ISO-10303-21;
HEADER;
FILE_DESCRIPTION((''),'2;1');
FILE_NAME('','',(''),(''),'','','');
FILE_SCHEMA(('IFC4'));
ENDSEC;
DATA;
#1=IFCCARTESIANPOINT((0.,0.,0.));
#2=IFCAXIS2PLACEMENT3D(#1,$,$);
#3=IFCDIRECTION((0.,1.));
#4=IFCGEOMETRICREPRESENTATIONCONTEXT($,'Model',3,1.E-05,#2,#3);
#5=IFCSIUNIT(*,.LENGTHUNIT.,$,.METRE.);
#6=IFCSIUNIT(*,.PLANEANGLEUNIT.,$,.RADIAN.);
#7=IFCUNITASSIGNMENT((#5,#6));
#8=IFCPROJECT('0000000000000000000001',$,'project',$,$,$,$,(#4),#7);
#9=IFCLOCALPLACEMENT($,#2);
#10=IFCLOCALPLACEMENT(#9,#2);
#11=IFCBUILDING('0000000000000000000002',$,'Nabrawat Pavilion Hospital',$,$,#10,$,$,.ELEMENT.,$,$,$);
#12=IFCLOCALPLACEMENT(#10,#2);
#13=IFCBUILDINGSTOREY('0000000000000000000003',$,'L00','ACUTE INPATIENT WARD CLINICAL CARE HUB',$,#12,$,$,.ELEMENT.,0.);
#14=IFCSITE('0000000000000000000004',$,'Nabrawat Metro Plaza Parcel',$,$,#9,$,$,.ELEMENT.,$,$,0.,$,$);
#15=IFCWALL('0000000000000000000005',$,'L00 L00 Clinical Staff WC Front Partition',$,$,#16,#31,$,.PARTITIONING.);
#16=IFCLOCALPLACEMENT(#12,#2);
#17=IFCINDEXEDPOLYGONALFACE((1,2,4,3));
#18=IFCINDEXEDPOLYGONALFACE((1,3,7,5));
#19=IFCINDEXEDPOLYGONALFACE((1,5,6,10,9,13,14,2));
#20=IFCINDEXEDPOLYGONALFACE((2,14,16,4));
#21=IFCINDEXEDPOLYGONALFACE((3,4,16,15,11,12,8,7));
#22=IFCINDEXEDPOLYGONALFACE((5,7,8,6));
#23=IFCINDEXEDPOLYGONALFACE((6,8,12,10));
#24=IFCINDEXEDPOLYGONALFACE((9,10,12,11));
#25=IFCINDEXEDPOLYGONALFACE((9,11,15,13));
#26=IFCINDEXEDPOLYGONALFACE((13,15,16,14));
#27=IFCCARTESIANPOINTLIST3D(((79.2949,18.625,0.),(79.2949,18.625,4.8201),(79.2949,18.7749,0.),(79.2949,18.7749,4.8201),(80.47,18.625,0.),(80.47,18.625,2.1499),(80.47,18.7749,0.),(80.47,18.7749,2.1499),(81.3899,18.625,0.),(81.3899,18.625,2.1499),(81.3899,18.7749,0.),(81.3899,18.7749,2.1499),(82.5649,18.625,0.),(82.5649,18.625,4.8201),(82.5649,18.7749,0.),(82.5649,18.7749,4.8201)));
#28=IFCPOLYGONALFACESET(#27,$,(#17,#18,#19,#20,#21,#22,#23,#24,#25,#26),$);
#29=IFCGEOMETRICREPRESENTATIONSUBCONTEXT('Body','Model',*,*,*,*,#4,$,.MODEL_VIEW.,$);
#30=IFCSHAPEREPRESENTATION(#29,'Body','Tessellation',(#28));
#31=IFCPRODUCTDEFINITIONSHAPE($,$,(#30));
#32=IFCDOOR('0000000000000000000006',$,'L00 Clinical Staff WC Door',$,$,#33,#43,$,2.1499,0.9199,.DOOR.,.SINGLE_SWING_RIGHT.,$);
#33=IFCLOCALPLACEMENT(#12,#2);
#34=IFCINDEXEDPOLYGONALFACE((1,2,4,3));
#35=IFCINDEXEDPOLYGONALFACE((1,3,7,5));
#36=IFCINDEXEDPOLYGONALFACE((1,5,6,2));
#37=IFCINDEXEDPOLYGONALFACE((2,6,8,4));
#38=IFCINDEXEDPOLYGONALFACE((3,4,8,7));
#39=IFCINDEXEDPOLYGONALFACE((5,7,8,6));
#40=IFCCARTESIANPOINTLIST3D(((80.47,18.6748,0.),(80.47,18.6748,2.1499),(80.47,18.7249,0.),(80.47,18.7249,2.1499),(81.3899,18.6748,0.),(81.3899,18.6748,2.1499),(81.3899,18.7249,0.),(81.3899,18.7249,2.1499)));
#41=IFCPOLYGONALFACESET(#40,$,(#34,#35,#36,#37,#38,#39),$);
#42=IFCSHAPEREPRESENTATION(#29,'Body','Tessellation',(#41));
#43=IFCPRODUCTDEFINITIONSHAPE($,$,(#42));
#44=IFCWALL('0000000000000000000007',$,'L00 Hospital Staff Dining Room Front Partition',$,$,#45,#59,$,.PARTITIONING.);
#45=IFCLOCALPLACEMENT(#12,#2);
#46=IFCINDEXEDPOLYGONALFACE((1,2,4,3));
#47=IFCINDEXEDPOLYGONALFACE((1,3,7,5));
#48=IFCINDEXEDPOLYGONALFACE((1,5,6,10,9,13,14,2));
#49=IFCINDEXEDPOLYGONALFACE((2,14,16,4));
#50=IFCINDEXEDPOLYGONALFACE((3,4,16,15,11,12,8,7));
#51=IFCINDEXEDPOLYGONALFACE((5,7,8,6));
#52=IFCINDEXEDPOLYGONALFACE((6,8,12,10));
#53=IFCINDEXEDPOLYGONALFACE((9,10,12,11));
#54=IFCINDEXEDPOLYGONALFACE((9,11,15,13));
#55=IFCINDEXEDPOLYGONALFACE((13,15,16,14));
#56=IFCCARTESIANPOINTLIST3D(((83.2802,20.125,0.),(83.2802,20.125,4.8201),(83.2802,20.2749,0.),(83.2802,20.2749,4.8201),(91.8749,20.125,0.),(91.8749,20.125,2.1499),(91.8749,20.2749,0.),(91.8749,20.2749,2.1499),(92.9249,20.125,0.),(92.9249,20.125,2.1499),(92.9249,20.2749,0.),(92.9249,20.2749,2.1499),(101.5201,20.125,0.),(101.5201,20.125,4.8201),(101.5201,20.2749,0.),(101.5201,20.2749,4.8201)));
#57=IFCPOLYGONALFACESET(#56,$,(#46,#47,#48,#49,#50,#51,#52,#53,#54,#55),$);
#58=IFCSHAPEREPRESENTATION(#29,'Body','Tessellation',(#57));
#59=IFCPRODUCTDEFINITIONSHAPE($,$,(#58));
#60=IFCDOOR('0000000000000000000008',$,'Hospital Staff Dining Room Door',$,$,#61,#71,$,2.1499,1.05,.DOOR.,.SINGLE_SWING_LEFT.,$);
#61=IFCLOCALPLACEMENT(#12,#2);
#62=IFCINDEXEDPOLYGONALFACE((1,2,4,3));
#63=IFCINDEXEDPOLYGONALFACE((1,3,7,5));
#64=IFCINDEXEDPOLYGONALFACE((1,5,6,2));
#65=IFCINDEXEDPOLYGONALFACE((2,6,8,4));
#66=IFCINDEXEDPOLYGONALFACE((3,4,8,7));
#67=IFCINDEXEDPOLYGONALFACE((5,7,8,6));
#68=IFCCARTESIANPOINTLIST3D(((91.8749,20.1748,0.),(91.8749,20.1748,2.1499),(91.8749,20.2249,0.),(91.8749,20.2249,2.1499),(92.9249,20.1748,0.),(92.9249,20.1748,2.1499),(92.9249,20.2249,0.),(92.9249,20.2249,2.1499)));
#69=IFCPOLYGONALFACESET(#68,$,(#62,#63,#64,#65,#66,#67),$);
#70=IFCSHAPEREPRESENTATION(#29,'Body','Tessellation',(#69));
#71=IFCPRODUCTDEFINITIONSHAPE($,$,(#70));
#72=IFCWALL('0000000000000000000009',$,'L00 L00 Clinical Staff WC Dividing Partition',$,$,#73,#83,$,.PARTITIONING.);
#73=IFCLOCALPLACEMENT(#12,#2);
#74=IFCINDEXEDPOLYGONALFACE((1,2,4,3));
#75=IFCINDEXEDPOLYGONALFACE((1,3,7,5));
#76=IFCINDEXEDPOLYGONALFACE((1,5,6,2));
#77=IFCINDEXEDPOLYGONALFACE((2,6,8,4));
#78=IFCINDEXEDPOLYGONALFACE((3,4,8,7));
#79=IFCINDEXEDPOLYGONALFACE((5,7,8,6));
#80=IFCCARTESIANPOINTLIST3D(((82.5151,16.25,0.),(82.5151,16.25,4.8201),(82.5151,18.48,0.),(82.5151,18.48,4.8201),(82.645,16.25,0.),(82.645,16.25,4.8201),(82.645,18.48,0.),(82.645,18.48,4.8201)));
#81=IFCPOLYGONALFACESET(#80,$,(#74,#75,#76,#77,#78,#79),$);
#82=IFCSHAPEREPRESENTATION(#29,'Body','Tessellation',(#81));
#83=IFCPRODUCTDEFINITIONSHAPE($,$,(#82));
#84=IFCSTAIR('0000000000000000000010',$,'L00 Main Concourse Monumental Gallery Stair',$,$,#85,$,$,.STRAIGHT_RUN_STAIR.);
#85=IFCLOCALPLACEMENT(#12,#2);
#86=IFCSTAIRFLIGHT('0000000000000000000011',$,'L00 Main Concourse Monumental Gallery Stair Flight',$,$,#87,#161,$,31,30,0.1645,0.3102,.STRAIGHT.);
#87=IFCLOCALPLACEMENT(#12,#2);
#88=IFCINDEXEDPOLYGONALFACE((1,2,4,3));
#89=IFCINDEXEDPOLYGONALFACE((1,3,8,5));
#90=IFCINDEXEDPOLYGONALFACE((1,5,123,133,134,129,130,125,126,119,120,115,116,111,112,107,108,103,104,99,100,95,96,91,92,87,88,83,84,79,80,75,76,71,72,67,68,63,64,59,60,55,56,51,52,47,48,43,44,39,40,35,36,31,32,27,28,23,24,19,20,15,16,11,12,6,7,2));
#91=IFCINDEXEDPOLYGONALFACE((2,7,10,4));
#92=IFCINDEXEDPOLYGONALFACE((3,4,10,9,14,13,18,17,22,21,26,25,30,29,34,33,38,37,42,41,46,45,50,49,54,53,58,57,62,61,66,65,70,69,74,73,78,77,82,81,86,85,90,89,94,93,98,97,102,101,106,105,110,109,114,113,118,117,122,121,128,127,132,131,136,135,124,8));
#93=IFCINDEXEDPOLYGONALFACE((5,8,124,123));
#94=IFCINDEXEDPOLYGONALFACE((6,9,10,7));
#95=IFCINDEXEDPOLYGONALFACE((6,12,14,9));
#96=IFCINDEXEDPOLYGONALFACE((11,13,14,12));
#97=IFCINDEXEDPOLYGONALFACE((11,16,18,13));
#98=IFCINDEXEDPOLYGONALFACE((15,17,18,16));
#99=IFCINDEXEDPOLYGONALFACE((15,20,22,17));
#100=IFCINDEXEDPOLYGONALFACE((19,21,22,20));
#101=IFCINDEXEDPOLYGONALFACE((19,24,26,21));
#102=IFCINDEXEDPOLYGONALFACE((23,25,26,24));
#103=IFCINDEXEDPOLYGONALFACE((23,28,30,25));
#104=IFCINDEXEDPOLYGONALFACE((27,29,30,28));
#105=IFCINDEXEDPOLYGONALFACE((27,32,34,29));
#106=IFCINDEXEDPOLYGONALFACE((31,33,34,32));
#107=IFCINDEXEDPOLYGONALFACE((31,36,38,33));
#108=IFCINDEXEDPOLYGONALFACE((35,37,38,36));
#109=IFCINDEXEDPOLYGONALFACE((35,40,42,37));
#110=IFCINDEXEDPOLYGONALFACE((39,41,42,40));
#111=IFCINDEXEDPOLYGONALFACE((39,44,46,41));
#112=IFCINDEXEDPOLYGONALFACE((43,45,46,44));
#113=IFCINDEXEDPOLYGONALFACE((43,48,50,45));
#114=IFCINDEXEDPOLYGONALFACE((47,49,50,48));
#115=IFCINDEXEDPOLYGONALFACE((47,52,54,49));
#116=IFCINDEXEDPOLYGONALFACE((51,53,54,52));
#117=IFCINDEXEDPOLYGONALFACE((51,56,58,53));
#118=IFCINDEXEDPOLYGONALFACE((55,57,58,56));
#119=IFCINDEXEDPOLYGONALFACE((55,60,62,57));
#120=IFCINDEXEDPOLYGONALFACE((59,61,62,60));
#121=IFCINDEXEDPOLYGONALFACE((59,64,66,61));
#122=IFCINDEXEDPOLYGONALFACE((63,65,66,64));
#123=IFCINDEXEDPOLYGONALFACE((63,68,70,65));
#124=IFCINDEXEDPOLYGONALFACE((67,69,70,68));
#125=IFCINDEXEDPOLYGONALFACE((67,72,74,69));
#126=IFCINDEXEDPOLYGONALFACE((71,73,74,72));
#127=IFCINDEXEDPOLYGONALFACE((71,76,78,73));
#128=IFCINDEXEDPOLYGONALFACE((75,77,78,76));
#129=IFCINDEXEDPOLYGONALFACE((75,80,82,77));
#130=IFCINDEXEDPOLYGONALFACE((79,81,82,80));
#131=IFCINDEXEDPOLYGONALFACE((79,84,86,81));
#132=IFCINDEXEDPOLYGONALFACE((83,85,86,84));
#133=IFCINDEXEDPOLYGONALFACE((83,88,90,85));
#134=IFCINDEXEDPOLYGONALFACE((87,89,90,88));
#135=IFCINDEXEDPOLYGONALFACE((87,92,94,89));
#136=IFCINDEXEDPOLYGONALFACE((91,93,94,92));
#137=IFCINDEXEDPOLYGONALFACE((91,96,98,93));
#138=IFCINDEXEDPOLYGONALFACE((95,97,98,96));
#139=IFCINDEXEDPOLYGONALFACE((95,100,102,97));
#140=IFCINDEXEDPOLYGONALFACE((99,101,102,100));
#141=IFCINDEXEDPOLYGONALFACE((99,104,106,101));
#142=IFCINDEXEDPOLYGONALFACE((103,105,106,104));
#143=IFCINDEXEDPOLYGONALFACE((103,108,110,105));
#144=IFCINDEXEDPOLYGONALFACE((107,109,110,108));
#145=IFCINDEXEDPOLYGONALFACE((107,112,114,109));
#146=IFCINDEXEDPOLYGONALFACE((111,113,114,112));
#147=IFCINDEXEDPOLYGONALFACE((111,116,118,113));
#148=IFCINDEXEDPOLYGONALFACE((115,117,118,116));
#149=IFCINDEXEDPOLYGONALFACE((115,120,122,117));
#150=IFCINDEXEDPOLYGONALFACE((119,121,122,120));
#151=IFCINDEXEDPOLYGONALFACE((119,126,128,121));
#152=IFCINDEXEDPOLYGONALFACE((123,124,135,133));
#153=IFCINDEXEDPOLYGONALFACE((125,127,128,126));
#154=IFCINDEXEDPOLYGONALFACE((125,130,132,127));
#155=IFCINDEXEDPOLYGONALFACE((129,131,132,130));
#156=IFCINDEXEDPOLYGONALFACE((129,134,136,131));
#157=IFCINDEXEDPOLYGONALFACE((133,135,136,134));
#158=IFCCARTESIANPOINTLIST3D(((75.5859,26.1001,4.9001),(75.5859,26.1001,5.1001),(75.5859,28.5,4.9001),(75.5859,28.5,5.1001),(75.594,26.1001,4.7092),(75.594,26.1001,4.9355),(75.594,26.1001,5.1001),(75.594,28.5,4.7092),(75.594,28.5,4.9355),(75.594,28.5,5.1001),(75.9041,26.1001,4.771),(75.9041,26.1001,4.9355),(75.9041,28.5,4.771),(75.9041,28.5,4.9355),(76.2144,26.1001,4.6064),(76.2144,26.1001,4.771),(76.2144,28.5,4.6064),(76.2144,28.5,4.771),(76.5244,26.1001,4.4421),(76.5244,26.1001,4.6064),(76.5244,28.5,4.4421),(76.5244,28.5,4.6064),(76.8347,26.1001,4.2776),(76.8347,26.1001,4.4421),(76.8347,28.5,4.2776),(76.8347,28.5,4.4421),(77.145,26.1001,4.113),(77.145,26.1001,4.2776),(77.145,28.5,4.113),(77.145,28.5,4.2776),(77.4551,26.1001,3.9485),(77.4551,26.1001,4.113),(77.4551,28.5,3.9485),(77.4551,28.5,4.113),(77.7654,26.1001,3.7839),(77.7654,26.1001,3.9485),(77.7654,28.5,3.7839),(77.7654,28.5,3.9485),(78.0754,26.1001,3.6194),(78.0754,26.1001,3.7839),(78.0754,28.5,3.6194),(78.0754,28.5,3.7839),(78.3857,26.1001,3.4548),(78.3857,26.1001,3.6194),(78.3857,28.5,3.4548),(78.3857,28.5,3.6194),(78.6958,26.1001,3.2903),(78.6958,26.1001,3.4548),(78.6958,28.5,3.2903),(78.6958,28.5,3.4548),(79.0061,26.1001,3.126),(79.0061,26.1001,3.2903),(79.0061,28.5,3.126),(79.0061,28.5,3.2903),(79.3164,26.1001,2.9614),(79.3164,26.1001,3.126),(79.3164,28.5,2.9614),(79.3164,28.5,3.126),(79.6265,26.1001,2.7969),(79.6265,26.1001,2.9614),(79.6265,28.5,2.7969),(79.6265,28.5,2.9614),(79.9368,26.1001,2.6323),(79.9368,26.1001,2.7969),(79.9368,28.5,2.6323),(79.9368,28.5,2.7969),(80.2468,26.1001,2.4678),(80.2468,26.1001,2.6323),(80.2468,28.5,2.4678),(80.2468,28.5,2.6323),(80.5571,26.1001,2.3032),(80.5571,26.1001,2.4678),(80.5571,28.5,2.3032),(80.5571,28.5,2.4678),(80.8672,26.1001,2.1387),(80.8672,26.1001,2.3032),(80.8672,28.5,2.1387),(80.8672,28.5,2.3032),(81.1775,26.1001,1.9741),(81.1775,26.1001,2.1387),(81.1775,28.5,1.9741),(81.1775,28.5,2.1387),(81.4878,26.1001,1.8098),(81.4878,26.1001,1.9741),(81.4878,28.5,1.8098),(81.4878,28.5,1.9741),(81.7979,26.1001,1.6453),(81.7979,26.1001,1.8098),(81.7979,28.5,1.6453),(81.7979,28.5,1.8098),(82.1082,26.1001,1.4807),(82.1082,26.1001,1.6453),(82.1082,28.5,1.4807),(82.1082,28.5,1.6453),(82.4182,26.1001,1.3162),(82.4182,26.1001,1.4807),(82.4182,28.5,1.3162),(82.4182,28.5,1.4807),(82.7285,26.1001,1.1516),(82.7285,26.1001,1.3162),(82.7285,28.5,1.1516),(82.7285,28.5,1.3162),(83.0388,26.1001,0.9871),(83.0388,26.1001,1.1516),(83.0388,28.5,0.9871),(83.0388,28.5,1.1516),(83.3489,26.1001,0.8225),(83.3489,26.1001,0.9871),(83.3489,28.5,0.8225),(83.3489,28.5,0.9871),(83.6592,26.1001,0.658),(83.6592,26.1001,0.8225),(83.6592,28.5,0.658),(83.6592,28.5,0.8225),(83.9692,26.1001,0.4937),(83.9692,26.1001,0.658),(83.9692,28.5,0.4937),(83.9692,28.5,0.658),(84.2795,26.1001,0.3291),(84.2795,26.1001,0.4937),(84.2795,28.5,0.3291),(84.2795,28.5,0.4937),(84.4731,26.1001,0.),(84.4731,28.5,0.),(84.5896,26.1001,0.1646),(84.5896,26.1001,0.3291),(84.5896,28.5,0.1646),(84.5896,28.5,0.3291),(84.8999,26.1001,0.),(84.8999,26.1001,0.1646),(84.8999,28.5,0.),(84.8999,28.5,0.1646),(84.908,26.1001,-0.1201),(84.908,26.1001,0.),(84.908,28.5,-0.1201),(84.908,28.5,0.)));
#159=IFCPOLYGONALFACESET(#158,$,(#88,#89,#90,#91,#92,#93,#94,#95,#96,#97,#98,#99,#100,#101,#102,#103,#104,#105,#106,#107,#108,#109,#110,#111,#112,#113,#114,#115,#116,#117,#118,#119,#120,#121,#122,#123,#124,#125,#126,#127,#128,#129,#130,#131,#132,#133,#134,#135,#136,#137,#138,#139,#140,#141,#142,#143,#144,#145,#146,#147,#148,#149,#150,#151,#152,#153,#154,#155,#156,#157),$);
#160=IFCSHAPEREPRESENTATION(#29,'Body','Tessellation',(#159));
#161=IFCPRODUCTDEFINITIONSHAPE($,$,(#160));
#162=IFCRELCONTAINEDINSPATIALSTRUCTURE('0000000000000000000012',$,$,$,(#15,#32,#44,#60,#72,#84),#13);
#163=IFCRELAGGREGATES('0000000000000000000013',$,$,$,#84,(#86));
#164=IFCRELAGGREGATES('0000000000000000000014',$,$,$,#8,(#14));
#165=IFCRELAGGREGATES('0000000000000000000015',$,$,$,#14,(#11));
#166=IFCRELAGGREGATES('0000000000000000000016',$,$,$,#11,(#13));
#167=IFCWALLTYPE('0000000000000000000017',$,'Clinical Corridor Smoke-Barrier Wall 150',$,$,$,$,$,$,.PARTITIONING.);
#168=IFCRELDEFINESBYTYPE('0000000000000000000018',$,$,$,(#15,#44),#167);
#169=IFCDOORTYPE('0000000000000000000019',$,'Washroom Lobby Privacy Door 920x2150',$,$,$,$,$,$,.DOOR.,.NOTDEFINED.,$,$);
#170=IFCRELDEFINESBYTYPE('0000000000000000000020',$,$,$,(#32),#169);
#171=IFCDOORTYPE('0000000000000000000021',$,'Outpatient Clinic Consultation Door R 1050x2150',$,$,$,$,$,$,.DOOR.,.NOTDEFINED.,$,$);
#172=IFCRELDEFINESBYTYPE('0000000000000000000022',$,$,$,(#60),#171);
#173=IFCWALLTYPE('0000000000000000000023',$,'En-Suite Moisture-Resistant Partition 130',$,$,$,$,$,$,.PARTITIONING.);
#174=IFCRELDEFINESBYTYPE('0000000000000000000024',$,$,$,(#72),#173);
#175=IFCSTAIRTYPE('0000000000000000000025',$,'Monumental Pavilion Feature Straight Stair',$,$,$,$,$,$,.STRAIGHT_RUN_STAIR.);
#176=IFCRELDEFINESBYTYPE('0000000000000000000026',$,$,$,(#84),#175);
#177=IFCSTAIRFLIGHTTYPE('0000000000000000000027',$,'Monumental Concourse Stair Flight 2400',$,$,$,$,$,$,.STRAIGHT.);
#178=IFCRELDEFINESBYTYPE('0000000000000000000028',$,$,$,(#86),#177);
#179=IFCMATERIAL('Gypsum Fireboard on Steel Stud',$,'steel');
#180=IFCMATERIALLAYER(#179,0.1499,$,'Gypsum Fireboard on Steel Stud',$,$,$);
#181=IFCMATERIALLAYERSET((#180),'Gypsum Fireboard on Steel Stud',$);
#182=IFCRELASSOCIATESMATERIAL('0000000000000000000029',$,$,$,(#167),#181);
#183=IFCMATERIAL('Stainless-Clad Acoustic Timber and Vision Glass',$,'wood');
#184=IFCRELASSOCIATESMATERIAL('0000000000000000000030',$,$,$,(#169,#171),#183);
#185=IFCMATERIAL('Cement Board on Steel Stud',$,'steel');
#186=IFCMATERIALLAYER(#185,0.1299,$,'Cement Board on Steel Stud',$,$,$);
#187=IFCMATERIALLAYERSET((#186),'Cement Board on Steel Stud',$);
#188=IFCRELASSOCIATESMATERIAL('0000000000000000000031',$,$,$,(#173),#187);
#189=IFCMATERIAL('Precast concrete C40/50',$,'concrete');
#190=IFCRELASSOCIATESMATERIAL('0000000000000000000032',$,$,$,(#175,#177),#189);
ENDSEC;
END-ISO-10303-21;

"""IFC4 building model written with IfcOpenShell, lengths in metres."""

from ifc_helpers import new_model, si_unit, direction, frame, frame_2d, origin, place, context, subcontext, project, spatial, polyline, rectangle, outline, extrude, material, layer, layer_set, type_object, element, fill, aggregate, save


model = new_model("IFC4")

# Units and contexts
model_context = context("Model", 3, precision=1e-05, world=origin(), true_north=direction((0.0, 1.0)))
body_context = subcontext(model_context, "Body", "Model", "MODEL_VIEW")
ifc_project = project(units=[si_unit("LENGTHUNIT", "METRE"), si_unit("PLANEANGLEUNIT", "RADIAN")], contexts=[model_context])

# Site, building, storey
site_placement = place(None, origin())
site = spatial("IfcSite", under=ifc_project, at=site_placement, Name="Nabrawat Metro Plaza Parcel", CompositionType="ELEMENT", RefElevation=0.0)
building_placement = place(site_placement, origin())
building = spatial("IfcBuilding", under=site, at=building_placement, Name="Nabrawat Pavilion Hospital", CompositionType="ELEMENT")
storey_placement = place(building_placement, origin())
storey = spatial("IfcBuildingStorey", under=building, at=storey_placement, Name="L00", Description="ACUTE INPATIENT WARD CLINICAL CARE HUB", CompositionType="ELEMENT", Elevation=0.0)

# Walls, openings, doors
ifc_material_1 = material(Name="Gypsum Fireboard on Steel Stud", Category="steel")
ifc_layer_1 = layer(ifc_material_1, 0.1499, Name="Gypsum Fireboard on Steel Stud")
ifc_layer_set_1 = layer_set([ifc_layer_1], Name="Gypsum Fireboard on Steel Stud")
wall_type_1 = type_object("IfcWallType", Name="Clinical Corridor Smoke-Barrier Wall 150", PredefinedType="PARTITIONING", material=ifc_layer_set_1)
ifc_material_2 = material(Name="Stainless-Clad Acoustic Timber and Vision Glass", Category="wood")
door_type_1 = type_object("IfcDoorType", Name="Washroom Lobby Privacy Door 920x2150", OperationType="NOTDEFINED", PredefinedType="DOOR", material=ifc_material_2)
wall_1_placement = place(storey_placement, frame((79.2949, 18.7, 0.0), z_axis=(0.0, 0.0, 1.0), x_axis=(1.0, 0.0, 0.0)))
wall_1 = element("IfcWall", 1, at=wall_1_placement, inside=storey, type_object=wall_type_1, Name="L00 L00 Clinical Staff WC Front Partition", PredefinedType="PARTITIONING", context=body_context, shape_type="SweptSolid", body=[
    extrude(rectangle(XDim=3.27, YDim=0.1499, at=frame_2d((1.635, 0.0))), origin(), (0.0, 0.0, 1.0), 4.8201),
])
opening_1_placement = place(wall_1_placement, frame((1.175, 0.0, 0.0)))
opening_1 = element("IfcOpeningElement", 2, at=opening_1_placement, cuts=wall_1, PredefinedType="OPENING", context=body_context, shape_type="SweptSolid", body=[
    extrude(rectangle(XDim=0.9199, YDim=2.1499, at=frame_2d((0.46, 1.075))), frame((0.0, 0.085, 0.0), z_axis=(0.0, -1.0, 0.0), x_axis=(1.0, 0.0, 0.0)), (0.0, 0.0, 1.0), 0.1699),
])
door_1_placement = place(opening_1_placement, origin())
door_1 = element("IfcDoor", 3, at=door_1_placement, inside=storey, type_object=door_type_1, Name="L00 Clinical Staff WC Door", OperationType="SINGLE_SWING_RIGHT", OverallHeight=2.1499, OverallWidth=0.9199, PredefinedType="DOOR", context=body_context, shape_type="SweptSolid", body=[
    extrude(rectangle(XDim=0.9199, YDim=2.1499, at=frame_2d((0.46, 1.075))), frame((0.0, 0.0249, 0.0), z_axis=(0.0, -1.0, 0.0), x_axis=(1.0, 0.0, 0.0)), (0.0, 0.0, 1.0), 0.05),
])
fill(opening_1, door_1)
wall_2_placement = place(storey_placement, frame((83.28, 20.2, 0.0), z_axis=(0.0, 0.0, 1.0), x_axis=(1.0, 0.0, 0.0)))
wall_2 = element("IfcWall", 4, at=wall_2_placement, inside=storey, type_object=wall_type_1, Name="L00 Hospital Staff Dining Room Front Partition", PredefinedType="PARTITIONING", context=body_context, shape_type="SweptSolid", body=[
    extrude(rectangle(XDim=18.24, YDim=0.1499, at=frame_2d((9.1201, 0.0))), origin(), (0.0, 0.0, 1.0), 4.8201),
])
opening_2_placement = place(wall_2_placement, frame((8.595, 0.0, 0.0)))
opening_2 = element("IfcOpeningElement", 5, at=opening_2_placement, cuts=wall_2, PredefinedType="OPENING", context=body_context, shape_type="SweptSolid", body=[
    extrude(rectangle(XDim=1.05, YDim=2.1499, at=frame_2d((0.5249, 1.075))), frame((0.0, 0.085, 0.0), z_axis=(0.0, -1.0, 0.0), x_axis=(1.0, 0.0, 0.0)), (0.0, 0.0, 1.0), 0.1699),
])
door_type_2 = type_object("IfcDoorType", Name="Outpatient Clinic Consultation Door R 1050x2150", OperationType="NOTDEFINED", PredefinedType="DOOR", material=ifc_material_2)
door_2_placement = place(opening_2_placement, origin())
door_2 = element("IfcDoor", 6, at=door_2_placement, inside=storey, type_object=door_type_2, Name="Hospital Staff Dining Room Door", OperationType="SINGLE_SWING_LEFT", OverallHeight=2.1499, OverallWidth=1.05, PredefinedType="DOOR", context=body_context, shape_type="SweptSolid", body=[
    extrude(rectangle(XDim=1.05, YDim=2.1499, at=frame_2d((0.5249, 1.075))), frame((0.0, 0.0249, 0.0), z_axis=(0.0, -1.0, 0.0), x_axis=(1.0, 0.0, 0.0)), (0.0, 0.0, 1.0), 0.05),
])
fill(opening_2, door_2)

# Wall
ifc_material_3 = material(Name="Cement Board on Steel Stud", Category="steel")
ifc_layer_2 = layer(ifc_material_3, 0.1299, Name="Cement Board on Steel Stud")
ifc_layer_set_2 = layer_set([ifc_layer_2], Name="Cement Board on Steel Stud")
wall_type_2 = type_object("IfcWallType", Name="En-Suite Moisture-Resistant Partition 130", PredefinedType="PARTITIONING", material=ifc_layer_set_2)
wall_3_placement = place(storey_placement, frame((82.5801, 16.25, 0.0), z_axis=(0.0, 0.0, 1.0), x_axis=(0.0, 1.0, 0.0)))
element("IfcWall", 7, at=wall_3_placement, inside=storey, type_object=wall_type_2, Name="L00 L00 Clinical Staff WC Dividing Partition", PredefinedType="PARTITIONING", context=body_context, shape_type="SweptSolid", body=[
    extrude(rectangle(XDim=2.23, YDim=0.1299, at=frame_2d((1.115, 0.0))), origin(), (0.0, 0.0, 1.0), 4.8201),
])

# Stair, stair flight
ifc_material_4 = material(Name="Precast concrete C40/50", Category="concrete")
stair_type = type_object("IfcStairType", Name="Monumental Pavilion Feature Straight Stair", PredefinedType="STRAIGHT_RUN_STAIR", material=ifc_material_4)
stair_placement = place(storey_placement, origin())
stair = element("IfcStair", 8, at=stair_placement, inside=storey, type_object=stair_type, Name="L00 Main Concourse Monumental Gallery Stair", PredefinedType="STRAIGHT_RUN_STAIR")
stair_flight_type = type_object("IfcStairFlightType", Name="Monumental Concourse Stair Flight 2400", PredefinedType="STRAIGHT", material=ifc_material_4)
stair_flight_placement = place(storey_placement, frame((84.8999, 27.3, 0.0), z_axis=(0.0, 0.0, 1.0), x_axis=(-1.0, 0.0, 0.0)))
stair_flight = element("IfcStairFlight", 9, at=stair_flight_placement, type_object=stair_flight_type, Name="L00 Main Concourse Monumental Gallery Stair Flight", NumberOfRisers=31, NumberOfTreads=30, PredefinedType="STRAIGHT", RiserHeight=0.1645, TreadLength=0.3102, context=body_context, shape_type="SweptSolid", body=[
    extrude(outline(polyline([(-0.0081, 0.0), (0.0, 0.0), (0.0, 0.1646), (0.3103, 0.1646), (0.3103, 0.3291), (0.6204, 0.3291), (0.6204, 0.4937), (0.9307, 0.4937), (0.9307, 0.658), (1.2407, 0.658), (1.2407, 0.8225), (1.551, 0.8225), (1.551, 0.9871), (1.8611, 0.9871), (1.8611, 1.1516), (2.1714, 1.1516), (2.1714, 1.3162), (2.4817, 1.3162), (2.4817, 1.4807), (2.7917, 1.4807), (2.7917, 1.6453), (3.1021, 1.6453), (3.1021, 1.8098), (3.4121, 1.8098), (3.4121, 1.9741), (3.7224, 1.9741), (3.7224, 2.1387), (4.0327, 2.1387), (4.0327, 2.3032), (4.3428, 2.3032), (4.3428, 2.4678), (4.6531, 2.4678), (4.6531, 2.6323), (4.9631, 2.6323), (4.9631, 2.7969), (5.2734, 2.7969), (5.2734, 2.9614), (5.5835, 2.9614), (5.5835, 3.126), (5.8938, 3.126), (5.8938, 3.2903), (6.2041, 3.2903), (6.2041, 3.4548), (6.5142, 3.4548), (6.5142, 3.6194), (6.8245, 3.6194), (6.8245, 3.7839), (7.1345, 3.7839), (7.1345, 3.9485), (7.4448, 3.9485), (7.4448, 4.113), (7.7549, 4.113), (7.7549, 4.2776), (8.0652, 4.2776), (8.0652, 4.4421), (8.3755, 4.4421), (8.3755, 4.6064), (8.6855, 4.6064), (8.6855, 4.771), (8.9958, 4.771), (8.9958, 4.9355), (9.3059, 4.9355), (9.3059, 5.1001), (9.314, 5.1001), (9.314, 4.9001), (9.3059, 4.7092), (0.4268, 0.0), (-0.0081, -0.1201), (-0.0081, 0.0)])), frame((0.0, 1.2, 0.0), z_axis=(0.0, -1.0, 0.0), x_axis=(1.0, 0.0, 0.0)), (0.0, 0.0, 1.0), 2.3999),
])
aggregate(stair, [stair_flight])

save(model, "model.ifc")
